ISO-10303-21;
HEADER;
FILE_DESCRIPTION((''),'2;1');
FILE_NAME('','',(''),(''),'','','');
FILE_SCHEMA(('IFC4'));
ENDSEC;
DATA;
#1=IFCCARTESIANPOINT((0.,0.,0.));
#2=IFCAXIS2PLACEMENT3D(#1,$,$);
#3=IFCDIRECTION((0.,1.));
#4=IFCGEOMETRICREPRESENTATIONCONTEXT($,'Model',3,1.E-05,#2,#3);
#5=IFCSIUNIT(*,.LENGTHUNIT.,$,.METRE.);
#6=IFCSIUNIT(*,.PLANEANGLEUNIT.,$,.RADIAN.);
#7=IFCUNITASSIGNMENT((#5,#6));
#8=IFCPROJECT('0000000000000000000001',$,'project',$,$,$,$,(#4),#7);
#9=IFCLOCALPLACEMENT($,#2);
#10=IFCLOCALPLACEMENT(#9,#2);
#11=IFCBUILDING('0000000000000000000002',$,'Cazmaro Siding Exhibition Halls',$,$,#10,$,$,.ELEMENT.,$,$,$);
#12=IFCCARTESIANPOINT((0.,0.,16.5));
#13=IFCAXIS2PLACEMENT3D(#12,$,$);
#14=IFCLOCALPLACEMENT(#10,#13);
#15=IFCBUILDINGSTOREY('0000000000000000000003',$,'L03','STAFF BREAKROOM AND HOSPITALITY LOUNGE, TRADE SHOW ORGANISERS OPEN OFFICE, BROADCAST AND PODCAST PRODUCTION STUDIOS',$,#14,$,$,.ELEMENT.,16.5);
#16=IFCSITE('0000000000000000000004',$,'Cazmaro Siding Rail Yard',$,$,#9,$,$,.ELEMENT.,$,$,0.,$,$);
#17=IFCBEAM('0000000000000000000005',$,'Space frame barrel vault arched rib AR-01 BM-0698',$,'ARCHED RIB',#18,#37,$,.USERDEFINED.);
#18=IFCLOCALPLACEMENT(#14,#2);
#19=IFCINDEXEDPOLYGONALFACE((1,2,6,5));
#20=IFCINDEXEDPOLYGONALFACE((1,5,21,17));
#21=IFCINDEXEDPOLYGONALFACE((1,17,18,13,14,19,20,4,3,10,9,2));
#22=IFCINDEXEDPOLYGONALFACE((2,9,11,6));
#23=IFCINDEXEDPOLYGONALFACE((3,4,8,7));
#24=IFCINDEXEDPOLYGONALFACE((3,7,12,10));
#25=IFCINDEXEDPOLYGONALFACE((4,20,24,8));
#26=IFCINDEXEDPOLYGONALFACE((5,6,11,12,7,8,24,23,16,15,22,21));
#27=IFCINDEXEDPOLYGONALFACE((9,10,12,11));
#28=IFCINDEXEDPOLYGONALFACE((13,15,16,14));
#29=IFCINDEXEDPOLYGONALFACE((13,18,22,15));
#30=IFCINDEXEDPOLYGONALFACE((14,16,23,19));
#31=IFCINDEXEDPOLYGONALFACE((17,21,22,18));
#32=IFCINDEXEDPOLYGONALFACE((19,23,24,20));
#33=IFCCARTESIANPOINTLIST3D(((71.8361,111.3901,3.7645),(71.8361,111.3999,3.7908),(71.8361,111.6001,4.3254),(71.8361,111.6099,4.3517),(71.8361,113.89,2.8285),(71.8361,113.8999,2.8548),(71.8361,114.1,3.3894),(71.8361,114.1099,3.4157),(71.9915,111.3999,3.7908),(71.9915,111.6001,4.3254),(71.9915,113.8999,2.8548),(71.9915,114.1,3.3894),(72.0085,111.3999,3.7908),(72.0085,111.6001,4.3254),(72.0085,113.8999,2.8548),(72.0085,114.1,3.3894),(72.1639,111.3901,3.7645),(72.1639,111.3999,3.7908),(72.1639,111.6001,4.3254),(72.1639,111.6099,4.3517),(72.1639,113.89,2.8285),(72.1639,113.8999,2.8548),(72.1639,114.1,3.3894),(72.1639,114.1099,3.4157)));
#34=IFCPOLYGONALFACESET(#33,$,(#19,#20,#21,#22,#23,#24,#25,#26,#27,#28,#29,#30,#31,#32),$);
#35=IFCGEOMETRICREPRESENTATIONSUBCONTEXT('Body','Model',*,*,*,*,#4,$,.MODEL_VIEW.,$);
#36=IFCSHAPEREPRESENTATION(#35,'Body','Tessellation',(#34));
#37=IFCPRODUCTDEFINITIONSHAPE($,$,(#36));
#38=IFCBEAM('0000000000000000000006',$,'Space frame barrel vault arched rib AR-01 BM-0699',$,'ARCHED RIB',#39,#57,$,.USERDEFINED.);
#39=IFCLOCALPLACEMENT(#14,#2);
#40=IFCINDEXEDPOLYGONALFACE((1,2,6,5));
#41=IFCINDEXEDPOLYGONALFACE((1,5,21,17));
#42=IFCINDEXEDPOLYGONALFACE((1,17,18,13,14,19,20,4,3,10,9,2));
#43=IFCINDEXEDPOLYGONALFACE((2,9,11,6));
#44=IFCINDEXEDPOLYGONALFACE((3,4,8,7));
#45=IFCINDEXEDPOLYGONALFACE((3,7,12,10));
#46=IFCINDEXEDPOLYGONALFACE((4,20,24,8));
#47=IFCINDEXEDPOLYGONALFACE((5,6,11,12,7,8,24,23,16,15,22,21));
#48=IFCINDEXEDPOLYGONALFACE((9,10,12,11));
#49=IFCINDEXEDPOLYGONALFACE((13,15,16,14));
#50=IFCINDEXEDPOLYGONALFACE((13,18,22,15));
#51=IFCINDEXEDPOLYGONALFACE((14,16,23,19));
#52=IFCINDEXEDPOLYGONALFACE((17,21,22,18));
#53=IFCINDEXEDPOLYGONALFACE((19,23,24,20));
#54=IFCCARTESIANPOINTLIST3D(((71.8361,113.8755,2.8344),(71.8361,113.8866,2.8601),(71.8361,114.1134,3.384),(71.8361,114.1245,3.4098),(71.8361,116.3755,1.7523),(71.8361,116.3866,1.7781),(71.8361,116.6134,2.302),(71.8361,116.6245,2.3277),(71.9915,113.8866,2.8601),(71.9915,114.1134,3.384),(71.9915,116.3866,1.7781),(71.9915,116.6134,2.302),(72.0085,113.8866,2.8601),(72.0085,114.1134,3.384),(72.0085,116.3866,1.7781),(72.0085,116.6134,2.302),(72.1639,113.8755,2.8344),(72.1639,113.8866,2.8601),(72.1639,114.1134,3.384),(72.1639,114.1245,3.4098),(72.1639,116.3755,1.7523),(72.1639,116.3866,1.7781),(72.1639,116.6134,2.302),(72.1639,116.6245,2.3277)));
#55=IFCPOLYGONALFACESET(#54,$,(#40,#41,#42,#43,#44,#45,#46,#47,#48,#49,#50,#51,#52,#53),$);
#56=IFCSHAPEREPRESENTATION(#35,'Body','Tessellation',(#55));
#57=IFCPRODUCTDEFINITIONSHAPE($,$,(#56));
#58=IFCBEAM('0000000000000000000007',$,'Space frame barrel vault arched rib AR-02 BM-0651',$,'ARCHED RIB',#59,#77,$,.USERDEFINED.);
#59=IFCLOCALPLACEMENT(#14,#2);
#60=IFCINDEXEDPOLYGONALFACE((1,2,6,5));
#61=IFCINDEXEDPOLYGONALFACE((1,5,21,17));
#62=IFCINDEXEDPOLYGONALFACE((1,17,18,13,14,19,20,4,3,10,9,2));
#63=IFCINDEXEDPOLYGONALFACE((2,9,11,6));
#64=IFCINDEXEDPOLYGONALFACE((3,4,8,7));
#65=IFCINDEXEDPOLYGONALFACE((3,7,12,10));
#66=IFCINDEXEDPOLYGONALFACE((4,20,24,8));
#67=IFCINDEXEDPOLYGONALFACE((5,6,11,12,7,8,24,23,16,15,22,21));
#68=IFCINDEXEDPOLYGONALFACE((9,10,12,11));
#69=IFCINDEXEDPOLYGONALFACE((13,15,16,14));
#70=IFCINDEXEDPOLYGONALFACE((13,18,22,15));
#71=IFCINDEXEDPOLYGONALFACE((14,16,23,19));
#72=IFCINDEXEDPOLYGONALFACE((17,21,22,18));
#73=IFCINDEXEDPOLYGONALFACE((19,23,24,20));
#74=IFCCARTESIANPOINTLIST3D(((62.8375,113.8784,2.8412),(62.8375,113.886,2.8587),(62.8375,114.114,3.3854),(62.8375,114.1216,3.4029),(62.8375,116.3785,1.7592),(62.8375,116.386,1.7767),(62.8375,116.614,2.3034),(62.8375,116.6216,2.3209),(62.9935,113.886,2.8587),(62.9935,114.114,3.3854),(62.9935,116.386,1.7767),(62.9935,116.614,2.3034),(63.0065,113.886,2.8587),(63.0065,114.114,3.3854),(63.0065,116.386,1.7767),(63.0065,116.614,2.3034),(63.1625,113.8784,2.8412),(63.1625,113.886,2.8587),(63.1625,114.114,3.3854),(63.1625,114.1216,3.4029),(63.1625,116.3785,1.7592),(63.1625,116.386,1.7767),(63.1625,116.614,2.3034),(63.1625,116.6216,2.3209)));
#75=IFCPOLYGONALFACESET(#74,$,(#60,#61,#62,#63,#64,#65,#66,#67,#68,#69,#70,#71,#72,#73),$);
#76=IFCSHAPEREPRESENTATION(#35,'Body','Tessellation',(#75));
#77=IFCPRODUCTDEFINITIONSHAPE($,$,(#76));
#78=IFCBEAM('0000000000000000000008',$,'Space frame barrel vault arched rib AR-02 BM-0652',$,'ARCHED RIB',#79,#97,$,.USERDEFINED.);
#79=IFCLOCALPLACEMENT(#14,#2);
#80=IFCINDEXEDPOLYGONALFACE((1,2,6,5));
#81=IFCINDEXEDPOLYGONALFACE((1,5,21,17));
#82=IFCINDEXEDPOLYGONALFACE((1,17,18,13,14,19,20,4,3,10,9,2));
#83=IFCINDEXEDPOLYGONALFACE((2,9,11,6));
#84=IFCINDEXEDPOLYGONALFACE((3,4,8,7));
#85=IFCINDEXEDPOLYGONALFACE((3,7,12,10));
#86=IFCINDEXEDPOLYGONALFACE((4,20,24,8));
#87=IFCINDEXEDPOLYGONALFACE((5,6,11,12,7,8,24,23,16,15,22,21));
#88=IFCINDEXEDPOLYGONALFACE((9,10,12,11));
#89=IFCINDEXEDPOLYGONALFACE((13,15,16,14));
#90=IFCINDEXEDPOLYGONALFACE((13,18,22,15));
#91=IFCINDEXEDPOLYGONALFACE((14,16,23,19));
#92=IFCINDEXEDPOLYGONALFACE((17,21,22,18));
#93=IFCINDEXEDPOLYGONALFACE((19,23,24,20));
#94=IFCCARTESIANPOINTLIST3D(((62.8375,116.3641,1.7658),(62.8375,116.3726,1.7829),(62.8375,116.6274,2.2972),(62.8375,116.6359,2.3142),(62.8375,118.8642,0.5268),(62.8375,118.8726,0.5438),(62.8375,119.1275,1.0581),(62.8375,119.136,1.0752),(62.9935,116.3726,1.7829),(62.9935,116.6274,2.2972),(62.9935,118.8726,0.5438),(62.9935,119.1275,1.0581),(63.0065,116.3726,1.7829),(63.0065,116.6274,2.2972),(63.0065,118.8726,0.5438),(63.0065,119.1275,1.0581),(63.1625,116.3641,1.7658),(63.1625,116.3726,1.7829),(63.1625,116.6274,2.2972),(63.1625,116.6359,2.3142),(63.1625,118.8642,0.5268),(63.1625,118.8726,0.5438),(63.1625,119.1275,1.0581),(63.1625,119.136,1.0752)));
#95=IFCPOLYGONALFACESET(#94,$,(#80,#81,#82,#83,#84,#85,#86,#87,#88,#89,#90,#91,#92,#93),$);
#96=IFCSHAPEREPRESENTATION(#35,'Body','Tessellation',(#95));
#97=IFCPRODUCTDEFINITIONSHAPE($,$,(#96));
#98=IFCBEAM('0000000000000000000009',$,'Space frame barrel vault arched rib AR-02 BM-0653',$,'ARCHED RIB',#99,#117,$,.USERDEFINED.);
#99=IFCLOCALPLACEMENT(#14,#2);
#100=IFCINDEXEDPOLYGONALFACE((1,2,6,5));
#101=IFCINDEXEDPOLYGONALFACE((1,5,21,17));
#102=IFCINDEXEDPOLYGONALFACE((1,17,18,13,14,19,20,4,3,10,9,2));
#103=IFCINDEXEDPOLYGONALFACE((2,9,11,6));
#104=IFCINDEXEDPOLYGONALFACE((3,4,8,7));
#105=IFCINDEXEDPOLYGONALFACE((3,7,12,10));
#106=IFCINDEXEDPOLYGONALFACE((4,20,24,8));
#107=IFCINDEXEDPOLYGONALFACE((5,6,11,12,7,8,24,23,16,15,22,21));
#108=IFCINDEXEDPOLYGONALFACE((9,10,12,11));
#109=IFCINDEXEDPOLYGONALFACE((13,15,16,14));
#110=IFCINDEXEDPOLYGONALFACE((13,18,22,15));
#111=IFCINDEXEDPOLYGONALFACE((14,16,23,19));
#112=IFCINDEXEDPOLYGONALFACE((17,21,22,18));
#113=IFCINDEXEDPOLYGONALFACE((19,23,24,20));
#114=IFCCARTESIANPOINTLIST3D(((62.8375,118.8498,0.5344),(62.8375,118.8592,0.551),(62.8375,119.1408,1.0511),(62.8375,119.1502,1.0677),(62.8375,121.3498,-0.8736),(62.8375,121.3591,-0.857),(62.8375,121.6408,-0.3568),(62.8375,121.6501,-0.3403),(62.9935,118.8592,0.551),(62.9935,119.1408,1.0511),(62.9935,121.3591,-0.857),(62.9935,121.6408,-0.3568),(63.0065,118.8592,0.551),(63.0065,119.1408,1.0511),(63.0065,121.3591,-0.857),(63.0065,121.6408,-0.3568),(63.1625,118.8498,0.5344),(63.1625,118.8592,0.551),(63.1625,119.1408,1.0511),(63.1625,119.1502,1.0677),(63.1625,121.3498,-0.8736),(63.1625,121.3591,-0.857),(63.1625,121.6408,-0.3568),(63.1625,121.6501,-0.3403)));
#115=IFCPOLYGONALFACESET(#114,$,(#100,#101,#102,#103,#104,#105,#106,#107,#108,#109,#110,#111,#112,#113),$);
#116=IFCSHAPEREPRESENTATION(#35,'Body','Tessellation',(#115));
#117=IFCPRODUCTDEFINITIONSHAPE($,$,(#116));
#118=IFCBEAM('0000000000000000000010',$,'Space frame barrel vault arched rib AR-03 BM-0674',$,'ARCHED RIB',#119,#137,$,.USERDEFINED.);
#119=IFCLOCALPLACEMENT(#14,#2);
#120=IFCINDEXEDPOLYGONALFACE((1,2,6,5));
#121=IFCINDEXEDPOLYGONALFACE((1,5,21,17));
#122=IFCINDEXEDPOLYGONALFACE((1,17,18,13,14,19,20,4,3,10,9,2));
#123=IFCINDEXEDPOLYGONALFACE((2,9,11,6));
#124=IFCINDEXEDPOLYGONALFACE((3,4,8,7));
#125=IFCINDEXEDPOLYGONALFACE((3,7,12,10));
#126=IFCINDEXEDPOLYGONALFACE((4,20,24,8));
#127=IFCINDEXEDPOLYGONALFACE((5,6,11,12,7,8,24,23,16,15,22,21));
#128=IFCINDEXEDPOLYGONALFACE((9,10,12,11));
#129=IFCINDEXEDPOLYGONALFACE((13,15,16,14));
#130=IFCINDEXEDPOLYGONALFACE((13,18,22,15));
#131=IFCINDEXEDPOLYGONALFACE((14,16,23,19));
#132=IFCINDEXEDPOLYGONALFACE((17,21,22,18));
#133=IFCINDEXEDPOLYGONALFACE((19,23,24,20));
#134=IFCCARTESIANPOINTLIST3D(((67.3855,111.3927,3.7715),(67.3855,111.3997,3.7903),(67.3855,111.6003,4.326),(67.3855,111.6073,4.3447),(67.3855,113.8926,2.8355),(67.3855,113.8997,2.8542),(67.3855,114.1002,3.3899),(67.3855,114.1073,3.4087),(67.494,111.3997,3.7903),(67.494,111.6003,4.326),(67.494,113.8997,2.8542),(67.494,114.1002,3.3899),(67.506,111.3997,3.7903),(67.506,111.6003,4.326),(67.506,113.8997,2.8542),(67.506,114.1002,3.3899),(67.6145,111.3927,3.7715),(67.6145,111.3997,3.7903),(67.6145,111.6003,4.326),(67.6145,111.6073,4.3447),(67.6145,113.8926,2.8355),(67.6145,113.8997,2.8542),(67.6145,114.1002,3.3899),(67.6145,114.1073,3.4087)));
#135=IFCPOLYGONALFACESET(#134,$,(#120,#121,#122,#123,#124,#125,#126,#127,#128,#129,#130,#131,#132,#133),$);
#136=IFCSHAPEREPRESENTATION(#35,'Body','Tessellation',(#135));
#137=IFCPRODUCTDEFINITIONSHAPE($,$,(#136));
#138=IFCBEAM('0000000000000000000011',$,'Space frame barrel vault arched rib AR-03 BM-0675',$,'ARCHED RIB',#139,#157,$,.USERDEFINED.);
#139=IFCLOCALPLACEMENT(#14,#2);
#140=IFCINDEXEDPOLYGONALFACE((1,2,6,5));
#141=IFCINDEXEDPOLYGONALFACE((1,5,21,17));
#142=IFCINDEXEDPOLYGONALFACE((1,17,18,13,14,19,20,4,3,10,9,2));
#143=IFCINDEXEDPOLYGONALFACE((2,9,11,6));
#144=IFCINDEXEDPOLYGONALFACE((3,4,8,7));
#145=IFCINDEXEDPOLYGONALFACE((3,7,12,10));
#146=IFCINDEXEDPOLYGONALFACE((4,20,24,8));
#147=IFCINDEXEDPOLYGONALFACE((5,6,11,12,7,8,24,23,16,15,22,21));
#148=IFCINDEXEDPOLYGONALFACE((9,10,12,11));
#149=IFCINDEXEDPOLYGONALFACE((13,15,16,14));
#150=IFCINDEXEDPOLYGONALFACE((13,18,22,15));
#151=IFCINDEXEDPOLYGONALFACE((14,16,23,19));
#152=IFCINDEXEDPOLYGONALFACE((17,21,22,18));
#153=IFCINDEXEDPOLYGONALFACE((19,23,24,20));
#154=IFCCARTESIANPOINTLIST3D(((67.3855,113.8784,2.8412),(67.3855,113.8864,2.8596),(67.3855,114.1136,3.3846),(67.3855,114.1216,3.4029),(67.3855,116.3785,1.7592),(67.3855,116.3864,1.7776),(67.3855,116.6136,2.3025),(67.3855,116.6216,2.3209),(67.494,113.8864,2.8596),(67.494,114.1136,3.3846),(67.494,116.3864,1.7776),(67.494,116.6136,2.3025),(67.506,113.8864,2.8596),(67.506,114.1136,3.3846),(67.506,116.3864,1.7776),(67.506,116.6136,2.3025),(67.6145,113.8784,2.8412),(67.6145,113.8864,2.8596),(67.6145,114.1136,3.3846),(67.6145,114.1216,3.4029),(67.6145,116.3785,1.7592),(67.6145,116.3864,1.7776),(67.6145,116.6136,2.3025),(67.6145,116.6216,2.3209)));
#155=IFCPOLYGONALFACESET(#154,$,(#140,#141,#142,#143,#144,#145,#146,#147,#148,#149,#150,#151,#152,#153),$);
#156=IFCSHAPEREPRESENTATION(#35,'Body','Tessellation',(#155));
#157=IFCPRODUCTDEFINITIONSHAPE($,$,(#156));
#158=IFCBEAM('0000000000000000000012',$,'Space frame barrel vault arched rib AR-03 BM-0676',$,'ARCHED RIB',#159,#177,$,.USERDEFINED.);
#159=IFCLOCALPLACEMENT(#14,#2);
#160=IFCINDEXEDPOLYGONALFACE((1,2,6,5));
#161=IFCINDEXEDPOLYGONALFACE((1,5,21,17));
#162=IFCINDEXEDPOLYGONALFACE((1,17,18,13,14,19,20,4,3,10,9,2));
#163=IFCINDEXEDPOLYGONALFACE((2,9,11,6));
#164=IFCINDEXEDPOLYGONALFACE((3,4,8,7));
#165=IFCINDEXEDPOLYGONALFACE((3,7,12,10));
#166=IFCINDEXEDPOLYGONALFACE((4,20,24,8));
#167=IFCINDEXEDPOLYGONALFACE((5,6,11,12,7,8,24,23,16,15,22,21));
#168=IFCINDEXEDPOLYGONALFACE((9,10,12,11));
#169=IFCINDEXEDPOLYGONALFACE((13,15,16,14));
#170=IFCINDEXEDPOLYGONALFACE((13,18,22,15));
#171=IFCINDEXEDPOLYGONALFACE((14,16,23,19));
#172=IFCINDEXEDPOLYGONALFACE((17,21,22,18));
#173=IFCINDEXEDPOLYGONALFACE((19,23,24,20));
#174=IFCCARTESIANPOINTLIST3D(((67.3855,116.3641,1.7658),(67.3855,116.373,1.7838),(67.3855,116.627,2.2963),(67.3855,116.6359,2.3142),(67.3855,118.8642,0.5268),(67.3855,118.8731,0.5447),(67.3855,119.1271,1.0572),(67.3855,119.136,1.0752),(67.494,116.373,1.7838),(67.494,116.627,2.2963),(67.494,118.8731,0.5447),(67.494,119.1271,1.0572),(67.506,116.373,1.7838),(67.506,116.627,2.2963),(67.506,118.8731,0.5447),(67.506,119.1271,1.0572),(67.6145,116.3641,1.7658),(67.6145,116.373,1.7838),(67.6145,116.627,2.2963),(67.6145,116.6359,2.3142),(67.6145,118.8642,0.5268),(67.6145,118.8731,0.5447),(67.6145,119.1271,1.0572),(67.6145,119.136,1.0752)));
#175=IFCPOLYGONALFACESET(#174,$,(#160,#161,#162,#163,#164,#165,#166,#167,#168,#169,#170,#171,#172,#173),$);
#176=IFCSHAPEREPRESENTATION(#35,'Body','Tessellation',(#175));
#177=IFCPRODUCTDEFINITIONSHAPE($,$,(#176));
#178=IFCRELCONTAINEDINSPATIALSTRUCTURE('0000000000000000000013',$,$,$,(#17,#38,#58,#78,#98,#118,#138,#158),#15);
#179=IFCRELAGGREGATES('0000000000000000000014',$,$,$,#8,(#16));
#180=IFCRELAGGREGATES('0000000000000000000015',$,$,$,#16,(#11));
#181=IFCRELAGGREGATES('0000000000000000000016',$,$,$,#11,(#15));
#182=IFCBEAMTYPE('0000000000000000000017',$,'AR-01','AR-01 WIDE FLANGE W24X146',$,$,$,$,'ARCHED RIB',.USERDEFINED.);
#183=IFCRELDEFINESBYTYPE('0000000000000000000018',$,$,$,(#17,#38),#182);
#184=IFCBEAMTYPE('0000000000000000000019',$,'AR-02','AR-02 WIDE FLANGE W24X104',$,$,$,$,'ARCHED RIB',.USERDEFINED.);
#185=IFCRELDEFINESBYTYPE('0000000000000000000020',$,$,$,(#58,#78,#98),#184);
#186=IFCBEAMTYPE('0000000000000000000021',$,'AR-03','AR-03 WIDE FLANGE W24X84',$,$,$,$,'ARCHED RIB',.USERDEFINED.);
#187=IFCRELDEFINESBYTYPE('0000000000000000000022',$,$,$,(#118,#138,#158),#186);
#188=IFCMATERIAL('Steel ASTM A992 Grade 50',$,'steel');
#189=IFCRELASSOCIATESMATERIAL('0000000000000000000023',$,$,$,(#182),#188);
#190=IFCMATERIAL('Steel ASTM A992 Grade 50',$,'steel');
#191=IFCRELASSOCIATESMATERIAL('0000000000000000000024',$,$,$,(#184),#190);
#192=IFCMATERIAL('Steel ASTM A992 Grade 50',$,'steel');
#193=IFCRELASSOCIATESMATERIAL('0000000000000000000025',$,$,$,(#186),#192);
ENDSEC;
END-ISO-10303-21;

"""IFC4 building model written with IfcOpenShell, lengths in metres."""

from ifc_helpers import new_model, si_unit, direction, frame, origin, origin_2d, place, context, subcontext, project, spatial, i_section, extrude, material, material_profile, profile_set, type_object, element, save


model = new_model("IFC4")

# Units and contexts
model_context = context("Model", 3, precision=1e-05, world=origin(), true_north=direction((0.0, 1.0)))
body_context = subcontext(model_context, "Body", "Model", "MODEL_VIEW")
ifc_project = project(units=[si_unit("LENGTHUNIT", "METRE"), si_unit("PLANEANGLEUNIT", "RADIAN")], contexts=[model_context])

# Site, building, storey
site_placement = place(None, origin())
site = spatial("IfcSite", under=ifc_project, at=site_placement, Name="Cazmaro Siding Rail Yard", CompositionType="ELEMENT", RefElevation=0.0)
building_placement = place(site_placement, origin())
building = spatial("IfcBuilding", under=site, at=building_placement, Name="Cazmaro Siding Exhibition Halls", CompositionType="ELEMENT")
storey_placement = place(building_placement, frame((0.0, 0.0, 16.5)))
storey = spatial("IfcBuildingStorey", under=building, at=storey_placement, Name="L03", Description="STAFF BREAKROOM AND HOSPITALITY LOUNGE, TRADE SHOW ORGANISERS OPEN OFFICE, BROADCAST AND PODCAST PRODUCTION STUDIOS", CompositionType="ELEMENT", Elevation=16.5)

# Beams
ifc_material_1 = material(Name="Steel ASTM A992 Grade 50", Category="steel")
ifc_material_profile_1 = material_profile(ifc_material_1, i_section(OverallWidth=0.3279, OverallDepth=0.627, WebThickness=0.0171, FlangeThickness=0.0281, at=origin_2d()), Name="W24X146")
ifc_profile_set_1 = profile_set([ifc_material_profile_1], Name="Steel ASTM A992 Grade 50")
beam_type_1 = type_object("IfcBeamType", Name="AR-01", Description="AR-01 WIDE FLANGE W24X146", ElementType="ARCHED RIB", PredefinedType="USERDEFINED", material=ifc_profile_set_1)
beam_1_placement = place(storey_placement, frame((72.0, 111.5, 4.0581), z_axis=(0.0, 0.936509, -0.350642), x_axis=(-1.0, 0.0, 0.0)))
element("IfcBeam", 1, at=beam_1_placement, inside=storey, type_object=beam_type_1, Name="Space frame barrel vault arched rib AR-01 BM-0698", ObjectType="ARCHED RIB", PredefinedType="USERDEFINED", context=body_context, shape_type="SweptSolid", body=[
    extrude(i_section(OverallWidth=0.3279, OverallDepth=0.627, WebThickness=0.0171, FlangeThickness=0.0281, at=origin_2d()), origin(), (0.0, 0.0, 1.0), 2.6694),
])
beam_2_placement = place(storey_placement, frame((72.0, 114.0, 3.1221), z_axis=(0.0, 0.91773, -0.397205), x_axis=(-1.0, 0.0, 0.0)))
element("IfcBeam", 2, at=beam_2_placement, inside=storey, type_object=beam_type_1, Name="Space frame barrel vault arched rib AR-01 BM-0699", ObjectType="ARCHED RIB", PredefinedType="USERDEFINED", context=body_context, shape_type="SweptSolid", body=[
    extrude(i_section(OverallWidth=0.3279, OverallDepth=0.627, WebThickness=0.0171, FlangeThickness=0.0281, at=origin_2d()), origin(), (0.0, 0.0, 1.0), 2.7241),
])
ifc_material_2 = material(Name="Steel ASTM A992 Grade 50", Category="steel")
ifc_material_profile_2 = material_profile(ifc_material_2, i_section(OverallWidth=0.325, OverallDepth=0.6121, WebThickness=0.0129, FlangeThickness=0.019, at=origin_2d()), Name="W24X104")
ifc_profile_set_2 = profile_set([ifc_material_profile_2], Name="Steel ASTM A992 Grade 50")
beam_type_2 = type_object("IfcBeamType", Name="AR-02", Description="AR-02 WIDE FLANGE W24X104", ElementType="ARCHED RIB", PredefinedType="USERDEFINED", material=ifc_profile_set_2)
beam_3_placement = place(storey_placement, frame((63.0, 114.0, 3.1221), z_axis=(0.0, 0.91773, -0.397205), x_axis=(-1.0, 0.0, 0.0)))
element("IfcBeam", 3, at=beam_3_placement, inside=storey, type_object=beam_type_2, Name="Space frame barrel vault arched rib AR-02 BM-0651", ObjectType="ARCHED RIB", PredefinedType="USERDEFINED", context=body_context, shape_type="SweptSolid", body=[
    extrude(i_section(OverallWidth=0.325, OverallDepth=0.6121, WebThickness=0.0129, FlangeThickness=0.019, at=origin_2d()), origin(), (0.0, 0.0, 1.0), 2.7241),
])
beam_4_placement = place(storey_placement, frame((63.0, 116.5, 2.04), z_axis=(0.0, 0.895997, -0.444061), x_axis=(-1.0, 0.0, 0.0)))
element("IfcBeam", 4, at=beam_4_placement, inside=storey, type_object=beam_type_2, Name="Space frame barrel vault arched rib AR-02 BM-0652", ObjectType="ARCHED RIB", PredefinedType="USERDEFINED", context=body_context, shape_type="SweptSolid", body=[
    extrude(i_section(OverallWidth=0.325, OverallDepth=0.6121, WebThickness=0.0129, FlangeThickness=0.019, at=origin_2d()), origin(), (0.0, 0.0, 1.0), 2.7903),
])
beam_5_placement = place(storey_placement, frame((63.0, 119.0, 0.801), z_axis=(0.0, 0.871321, -0.490714), x_axis=(-1.0, 0.0, 0.0)))
element("IfcBeam", 5, at=beam_5_placement, inside=storey, type_object=beam_type_2, Name="Space frame barrel vault arched rib AR-02 BM-0653", ObjectType="ARCHED RIB", PredefinedType="USERDEFINED", context=body_context, shape_type="SweptSolid", body=[
    extrude(i_section(OverallWidth=0.325, OverallDepth=0.6121, WebThickness=0.0129, FlangeThickness=0.019, at=origin_2d()), origin(), (0.0, 0.0, 1.0), 2.8691),
])
ifc_material_3 = material(Name="Steel ASTM A992 Grade 50", Category="steel")
ifc_material_profile_3 = material_profile(ifc_material_3, i_section(OverallWidth=0.229, OverallDepth=0.6121, WebThickness=0.012, FlangeThickness=0.02, at=origin_2d()), Name="W24X84")
ifc_profile_set_3 = profile_set([ifc_material_profile_3], Name="Steel ASTM A992 Grade 50")
beam_type_3 = type_object("IfcBeamType", Name="AR-03", Description="AR-03 WIDE FLANGE W24X84", ElementType="ARCHED RIB", PredefinedType="USERDEFINED", material=ifc_profile_set_3)
beam_6_placement = place(storey_placement, frame((67.5, 111.5, 4.0581), z_axis=(0.0, 0.936509, -0.350642), x_axis=(-1.0, 0.0, 0.0)))
element("IfcBeam", 6, at=beam_6_placement, inside=storey, type_object=beam_type_3, Name="Space frame barrel vault arched rib AR-03 BM-0674", ObjectType="ARCHED RIB", PredefinedType="USERDEFINED", context=body_context, shape_type="SweptSolid", body=[
    extrude(i_section(OverallWidth=0.229, OverallDepth=0.6121, WebThickness=0.012, FlangeThickness=0.02, at=origin_2d()), origin(), (0.0, 0.0, 1.0), 2.6694),
])
beam_7_placement = place(storey_placement, frame((67.5, 114.0, 3.1221), z_axis=(0.0, 0.91773, -0.397205), x_axis=(-1.0, 0.0, 0.0)))
element("IfcBeam", 7, at=beam_7_placement, inside=storey, type_object=beam_type_3, Name="Space frame barrel vault arched rib AR-03 BM-0675", ObjectType="ARCHED RIB", PredefinedType="USERDEFINED", context=body_context, shape_type="SweptSolid", body=[
    extrude(i_section(OverallWidth=0.229, OverallDepth=0.6121, WebThickness=0.012, FlangeThickness=0.02, at=origin_2d()), origin(), (0.0, 0.0, 1.0), 2.7241),
])
beam_8_placement = place(storey_placement, frame((67.5, 116.5, 2.04), z_axis=(0.0, 0.895997, -0.444061), x_axis=(-1.0, 0.0, 0.0)))
element("IfcBeam", 8, at=beam_8_placement, inside=storey, type_object=beam_type_3, Name="Space frame barrel vault arched rib AR-03 BM-0676", ObjectType="ARCHED RIB", PredefinedType="USERDEFINED", context=body_context, shape_type="SweptSolid", body=[
    extrude(i_section(OverallWidth=0.229, OverallDepth=0.6121, WebThickness=0.012, FlangeThickness=0.02, at=origin_2d()), origin(), (0.0, 0.0, 1.0), 2.7903),
])

save(model, "model.ifc")
